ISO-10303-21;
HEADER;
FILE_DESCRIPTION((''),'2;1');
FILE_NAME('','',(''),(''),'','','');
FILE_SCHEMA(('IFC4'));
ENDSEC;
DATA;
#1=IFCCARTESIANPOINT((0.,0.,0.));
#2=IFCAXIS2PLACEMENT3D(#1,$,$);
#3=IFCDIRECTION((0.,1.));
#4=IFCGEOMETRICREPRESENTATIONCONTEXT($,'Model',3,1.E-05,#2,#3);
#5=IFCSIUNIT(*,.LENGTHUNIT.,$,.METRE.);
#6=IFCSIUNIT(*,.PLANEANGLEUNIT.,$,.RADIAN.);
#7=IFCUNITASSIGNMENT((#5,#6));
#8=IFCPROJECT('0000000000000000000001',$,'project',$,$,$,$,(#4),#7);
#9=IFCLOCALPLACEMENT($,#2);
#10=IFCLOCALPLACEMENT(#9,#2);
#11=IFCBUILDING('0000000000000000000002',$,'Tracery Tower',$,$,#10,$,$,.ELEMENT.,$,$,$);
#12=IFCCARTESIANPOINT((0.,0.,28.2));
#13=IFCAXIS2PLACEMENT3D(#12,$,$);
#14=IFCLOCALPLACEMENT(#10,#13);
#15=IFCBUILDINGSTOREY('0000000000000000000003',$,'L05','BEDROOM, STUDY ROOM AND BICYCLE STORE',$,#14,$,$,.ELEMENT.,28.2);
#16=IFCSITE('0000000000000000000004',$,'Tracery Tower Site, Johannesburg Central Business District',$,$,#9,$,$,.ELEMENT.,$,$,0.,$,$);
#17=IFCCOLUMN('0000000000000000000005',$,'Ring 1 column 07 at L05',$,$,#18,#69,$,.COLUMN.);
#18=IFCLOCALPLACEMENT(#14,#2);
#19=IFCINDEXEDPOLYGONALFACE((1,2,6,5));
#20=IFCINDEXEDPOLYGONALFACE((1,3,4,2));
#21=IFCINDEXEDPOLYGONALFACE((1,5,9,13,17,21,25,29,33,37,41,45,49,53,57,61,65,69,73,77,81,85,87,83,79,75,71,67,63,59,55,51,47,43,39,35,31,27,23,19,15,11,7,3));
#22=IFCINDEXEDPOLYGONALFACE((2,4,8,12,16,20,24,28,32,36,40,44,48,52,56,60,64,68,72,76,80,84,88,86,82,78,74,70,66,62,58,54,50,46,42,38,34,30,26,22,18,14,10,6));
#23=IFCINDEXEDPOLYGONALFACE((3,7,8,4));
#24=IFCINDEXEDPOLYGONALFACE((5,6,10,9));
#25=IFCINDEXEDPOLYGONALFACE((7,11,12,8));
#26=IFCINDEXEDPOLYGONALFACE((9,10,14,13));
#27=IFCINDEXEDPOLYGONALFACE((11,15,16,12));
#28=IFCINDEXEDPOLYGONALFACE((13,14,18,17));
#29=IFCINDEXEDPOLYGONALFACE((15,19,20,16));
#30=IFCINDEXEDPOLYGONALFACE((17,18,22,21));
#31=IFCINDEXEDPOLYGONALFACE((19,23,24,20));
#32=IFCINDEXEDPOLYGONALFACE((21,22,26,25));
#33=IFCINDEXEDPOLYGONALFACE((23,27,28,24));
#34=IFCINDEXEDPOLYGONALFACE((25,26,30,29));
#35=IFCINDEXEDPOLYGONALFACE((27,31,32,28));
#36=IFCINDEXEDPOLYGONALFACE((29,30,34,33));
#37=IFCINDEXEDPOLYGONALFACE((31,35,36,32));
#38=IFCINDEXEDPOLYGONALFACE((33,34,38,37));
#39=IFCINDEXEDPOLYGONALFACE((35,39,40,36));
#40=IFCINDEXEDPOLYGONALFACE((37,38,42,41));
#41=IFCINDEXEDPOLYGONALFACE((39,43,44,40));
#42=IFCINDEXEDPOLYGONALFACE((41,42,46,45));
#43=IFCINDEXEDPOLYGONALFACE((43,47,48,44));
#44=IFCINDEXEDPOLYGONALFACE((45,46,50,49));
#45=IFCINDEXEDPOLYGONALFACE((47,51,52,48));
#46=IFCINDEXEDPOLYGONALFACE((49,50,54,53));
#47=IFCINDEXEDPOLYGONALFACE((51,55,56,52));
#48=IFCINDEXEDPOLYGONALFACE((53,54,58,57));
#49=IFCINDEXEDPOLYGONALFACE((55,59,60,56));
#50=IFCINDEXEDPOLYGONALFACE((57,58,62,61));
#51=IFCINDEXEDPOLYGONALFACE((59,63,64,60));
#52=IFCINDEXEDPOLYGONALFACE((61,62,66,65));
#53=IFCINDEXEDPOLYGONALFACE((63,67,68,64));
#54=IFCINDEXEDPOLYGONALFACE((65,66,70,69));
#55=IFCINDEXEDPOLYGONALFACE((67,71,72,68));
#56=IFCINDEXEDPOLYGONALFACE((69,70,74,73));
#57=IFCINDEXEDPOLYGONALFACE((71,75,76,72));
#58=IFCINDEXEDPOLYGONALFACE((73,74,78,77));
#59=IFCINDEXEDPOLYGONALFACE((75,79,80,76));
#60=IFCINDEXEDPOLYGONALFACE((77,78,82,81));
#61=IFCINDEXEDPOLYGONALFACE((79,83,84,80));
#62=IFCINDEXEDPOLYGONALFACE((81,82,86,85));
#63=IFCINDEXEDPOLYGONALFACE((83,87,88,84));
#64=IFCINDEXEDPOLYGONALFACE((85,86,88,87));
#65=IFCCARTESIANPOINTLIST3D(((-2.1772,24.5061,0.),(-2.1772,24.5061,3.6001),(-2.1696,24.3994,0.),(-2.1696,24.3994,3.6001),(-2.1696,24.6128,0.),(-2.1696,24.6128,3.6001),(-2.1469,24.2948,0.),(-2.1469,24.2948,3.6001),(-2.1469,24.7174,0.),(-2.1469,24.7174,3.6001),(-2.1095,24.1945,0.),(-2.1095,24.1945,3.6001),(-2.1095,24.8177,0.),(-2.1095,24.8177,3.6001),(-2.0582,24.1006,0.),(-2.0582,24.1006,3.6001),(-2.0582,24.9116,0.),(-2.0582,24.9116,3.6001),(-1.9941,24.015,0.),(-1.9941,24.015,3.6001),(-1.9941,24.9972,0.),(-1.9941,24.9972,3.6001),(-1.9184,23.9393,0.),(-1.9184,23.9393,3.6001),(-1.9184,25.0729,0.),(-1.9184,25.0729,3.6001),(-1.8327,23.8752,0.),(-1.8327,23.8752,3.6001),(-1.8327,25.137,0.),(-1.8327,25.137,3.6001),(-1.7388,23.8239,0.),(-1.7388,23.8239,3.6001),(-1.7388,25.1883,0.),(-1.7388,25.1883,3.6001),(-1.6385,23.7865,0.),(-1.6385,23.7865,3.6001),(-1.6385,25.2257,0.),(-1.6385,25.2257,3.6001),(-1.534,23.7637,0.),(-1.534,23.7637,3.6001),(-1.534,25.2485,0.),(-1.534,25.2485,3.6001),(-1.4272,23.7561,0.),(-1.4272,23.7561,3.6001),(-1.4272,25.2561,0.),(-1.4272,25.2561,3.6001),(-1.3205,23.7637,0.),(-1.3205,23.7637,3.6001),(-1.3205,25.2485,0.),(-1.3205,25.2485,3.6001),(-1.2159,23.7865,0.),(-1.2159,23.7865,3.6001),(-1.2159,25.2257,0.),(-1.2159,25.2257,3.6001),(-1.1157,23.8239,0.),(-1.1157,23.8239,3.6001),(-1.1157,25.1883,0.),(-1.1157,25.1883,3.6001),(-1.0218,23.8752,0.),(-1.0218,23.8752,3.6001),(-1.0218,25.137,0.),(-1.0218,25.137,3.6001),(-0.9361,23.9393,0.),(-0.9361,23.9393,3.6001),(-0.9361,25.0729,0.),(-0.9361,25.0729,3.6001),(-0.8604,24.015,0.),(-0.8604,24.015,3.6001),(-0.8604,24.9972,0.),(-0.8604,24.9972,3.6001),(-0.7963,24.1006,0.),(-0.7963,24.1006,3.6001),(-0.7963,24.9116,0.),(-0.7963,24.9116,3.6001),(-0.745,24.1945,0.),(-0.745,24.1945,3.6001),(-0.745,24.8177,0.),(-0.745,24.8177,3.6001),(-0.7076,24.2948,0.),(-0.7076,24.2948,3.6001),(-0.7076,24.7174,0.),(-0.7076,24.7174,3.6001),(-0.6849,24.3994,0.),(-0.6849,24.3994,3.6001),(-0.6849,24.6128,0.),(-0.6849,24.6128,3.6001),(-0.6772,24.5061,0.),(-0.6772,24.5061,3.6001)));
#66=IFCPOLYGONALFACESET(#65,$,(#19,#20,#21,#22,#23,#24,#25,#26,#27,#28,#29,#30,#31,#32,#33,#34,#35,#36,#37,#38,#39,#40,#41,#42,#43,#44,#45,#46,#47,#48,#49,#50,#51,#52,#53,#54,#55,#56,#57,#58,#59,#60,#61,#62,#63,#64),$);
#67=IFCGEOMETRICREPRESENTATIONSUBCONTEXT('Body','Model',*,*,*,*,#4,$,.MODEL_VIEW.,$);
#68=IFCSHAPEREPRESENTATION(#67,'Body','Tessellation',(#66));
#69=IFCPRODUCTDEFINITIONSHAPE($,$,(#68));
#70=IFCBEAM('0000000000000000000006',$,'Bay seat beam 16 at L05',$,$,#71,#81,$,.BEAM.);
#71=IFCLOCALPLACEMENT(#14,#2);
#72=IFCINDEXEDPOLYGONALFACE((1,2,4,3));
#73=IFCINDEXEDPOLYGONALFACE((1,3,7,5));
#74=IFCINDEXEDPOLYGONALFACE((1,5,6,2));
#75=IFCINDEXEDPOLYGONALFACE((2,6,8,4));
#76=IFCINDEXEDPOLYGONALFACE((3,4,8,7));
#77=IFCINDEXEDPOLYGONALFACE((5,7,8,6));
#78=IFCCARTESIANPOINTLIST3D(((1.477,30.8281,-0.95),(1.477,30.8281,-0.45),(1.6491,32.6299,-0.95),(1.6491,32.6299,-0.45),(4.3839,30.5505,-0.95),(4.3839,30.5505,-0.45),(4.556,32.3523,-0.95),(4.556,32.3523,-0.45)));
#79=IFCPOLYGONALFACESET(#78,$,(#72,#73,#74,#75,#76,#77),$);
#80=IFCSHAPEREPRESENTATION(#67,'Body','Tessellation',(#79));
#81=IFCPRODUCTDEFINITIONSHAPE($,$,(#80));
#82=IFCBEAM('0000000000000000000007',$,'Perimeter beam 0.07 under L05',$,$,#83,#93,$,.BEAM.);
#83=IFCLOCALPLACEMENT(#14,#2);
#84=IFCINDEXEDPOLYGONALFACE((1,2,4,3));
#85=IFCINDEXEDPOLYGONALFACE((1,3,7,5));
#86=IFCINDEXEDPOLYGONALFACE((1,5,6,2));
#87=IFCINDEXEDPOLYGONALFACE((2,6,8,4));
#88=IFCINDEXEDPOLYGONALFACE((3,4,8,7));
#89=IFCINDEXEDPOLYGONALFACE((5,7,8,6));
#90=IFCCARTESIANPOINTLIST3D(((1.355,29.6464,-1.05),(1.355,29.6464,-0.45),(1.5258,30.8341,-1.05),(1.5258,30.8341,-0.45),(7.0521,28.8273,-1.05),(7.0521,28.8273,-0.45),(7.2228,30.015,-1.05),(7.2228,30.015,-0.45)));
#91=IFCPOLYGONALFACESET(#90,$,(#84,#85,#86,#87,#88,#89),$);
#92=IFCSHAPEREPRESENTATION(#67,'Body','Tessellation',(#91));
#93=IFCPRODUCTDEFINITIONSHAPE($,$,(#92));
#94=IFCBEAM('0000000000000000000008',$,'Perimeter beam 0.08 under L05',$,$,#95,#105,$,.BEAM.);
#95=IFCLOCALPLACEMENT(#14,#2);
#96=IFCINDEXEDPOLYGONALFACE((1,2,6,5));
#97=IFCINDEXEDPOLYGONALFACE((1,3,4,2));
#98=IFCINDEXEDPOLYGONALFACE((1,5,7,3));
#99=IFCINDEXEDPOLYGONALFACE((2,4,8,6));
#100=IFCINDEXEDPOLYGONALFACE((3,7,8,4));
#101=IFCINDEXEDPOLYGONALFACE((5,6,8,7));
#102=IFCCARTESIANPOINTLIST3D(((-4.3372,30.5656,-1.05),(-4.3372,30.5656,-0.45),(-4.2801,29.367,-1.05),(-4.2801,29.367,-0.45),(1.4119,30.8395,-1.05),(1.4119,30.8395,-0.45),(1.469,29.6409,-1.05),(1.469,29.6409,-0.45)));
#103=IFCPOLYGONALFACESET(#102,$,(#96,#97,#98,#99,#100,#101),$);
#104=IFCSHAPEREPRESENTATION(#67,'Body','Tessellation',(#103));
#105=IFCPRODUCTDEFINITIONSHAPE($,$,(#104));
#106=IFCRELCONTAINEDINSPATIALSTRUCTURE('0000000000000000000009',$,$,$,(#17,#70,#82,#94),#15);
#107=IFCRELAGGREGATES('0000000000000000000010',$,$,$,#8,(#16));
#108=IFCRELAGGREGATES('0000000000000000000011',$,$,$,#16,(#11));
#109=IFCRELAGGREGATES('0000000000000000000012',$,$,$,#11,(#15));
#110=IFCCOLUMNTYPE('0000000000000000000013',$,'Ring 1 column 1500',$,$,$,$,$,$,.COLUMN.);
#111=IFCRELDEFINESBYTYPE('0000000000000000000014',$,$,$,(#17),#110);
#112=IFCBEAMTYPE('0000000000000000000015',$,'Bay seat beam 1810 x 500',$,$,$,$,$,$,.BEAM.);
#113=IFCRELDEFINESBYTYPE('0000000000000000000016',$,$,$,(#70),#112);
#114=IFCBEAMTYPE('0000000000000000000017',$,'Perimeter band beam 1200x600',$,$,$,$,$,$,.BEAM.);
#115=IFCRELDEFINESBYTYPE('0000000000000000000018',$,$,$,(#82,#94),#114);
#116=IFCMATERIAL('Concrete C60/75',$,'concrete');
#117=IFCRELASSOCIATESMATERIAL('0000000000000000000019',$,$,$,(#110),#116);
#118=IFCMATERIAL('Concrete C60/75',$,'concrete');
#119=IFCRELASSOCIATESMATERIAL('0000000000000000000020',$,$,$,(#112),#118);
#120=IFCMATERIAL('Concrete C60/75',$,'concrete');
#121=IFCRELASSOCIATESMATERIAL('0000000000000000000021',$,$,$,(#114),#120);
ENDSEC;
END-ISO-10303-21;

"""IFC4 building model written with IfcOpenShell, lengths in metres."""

from ifc_helpers import new_model, si_unit, direction, frame, origin, origin_2d, place, context, subcontext, project, spatial, rectangle, circle, extrude, material, material_profile, profile_set, type_object, element, save


model = new_model("IFC4")

# Units and contexts
model_context = context("Model", 3, precision=1e-05, world=origin(), true_north=direction((0.0, 1.0)))
body_context = subcontext(model_context, "Body", "Model", "MODEL_VIEW")
ifc_project = project(units=[si_unit("LENGTHUNIT", "METRE"), si_unit("PLANEANGLEUNIT", "RADIAN")], contexts=[model_context])

# Site, building, storey
site_placement = place(None, origin())
site = spatial("IfcSite", under=ifc_project, at=site_placement, Name="Tracery Tower Site, Johannesburg Central Business District", CompositionType="ELEMENT", RefElevation=0.0)
building_placement = place(site_placement, origin())
building = spatial("IfcBuilding", under=site, at=building_placement, Name="Tracery Tower", CompositionType="ELEMENT")
storey_placement = place(building_placement, frame((0.0, 0.0, 28.2)))
storey = spatial("IfcBuildingStorey", under=building, at=storey_placement, Name="L05", Description="BEDROOM, STUDY ROOM AND BICYCLE STORE", CompositionType="ELEMENT", Elevation=28.2)

# Column
ifc_material_1 = material(Name="Concrete C60/75", Category="concrete")
ifc_material_profile_1 = material_profile(ifc_material_1, circle(Radius=0.75, at=origin_2d()), Name="RC D1500")
ifc_profile_set_1 = profile_set([ifc_material_profile_1], Name="Concrete C60/75")
column_type_1 = type_object("IfcColumnType", Name="Ring 1 column 1500", PredefinedType="COLUMN", material=ifc_profile_set_1)
for number, where, z_axis, x_axis, name in (
    (1, (-1.4272, 24.5061, 0.0), (0.0, 0.0, 1.0), (1.0, 0.0, 0.0), "Ring 1 column 07 at L05"),
):
    element("IfcColumn", number, at=place(storey_placement, frame(where, z_axis=z_axis, x_axis=x_axis)), inside=storey, type_object=column_type_1, Name=name, PredefinedType="COLUMN", context=body_context, shape_type="SweptSolid", body=[
        extrude(circle(Radius=0.75, at=origin_2d()), origin(), (0.0, 0.0, 1.0), 3.6001),
    ])

# Beams
ifc_material_2 = material(Name="Concrete C60/75", Category="concrete")
ifc_material_profile_2 = material_profile(ifc_material_2, rectangle(XDim=1.8101, YDim=0.5, at=origin_2d()), Name="RC 1810x500")
ifc_profile_set_2 = profile_set([ifc_material_profile_2], Name="Concrete C60/75")
beam_type_1 = type_object("IfcBeamType", Name="Bay seat beam 1810 x 500", PredefinedType="BEAM", material=ifc_profile_set_2)
beam_placement = place(storey_placement, frame((4.47, 31.4514, -0.7), z_axis=(-0.995472, 0.095058, 0.0), x_axis=(-0.095058, -0.995472, 0.0)))
element("IfcBeam", 2, at=beam_placement, inside=storey, type_object=beam_type_1, Name="Bay seat beam 16 at L05", PredefinedType="BEAM", context=body_context, shape_type="SweptSolid", body=[
    extrude(rectangle(XDim=1.8101, YDim=0.5, at=origin_2d()), origin(), (0.0, 0.0, 1.0), 2.9202),
])
ifc_material_3 = material(Name="Concrete C60/75", Category="concrete")
ifc_material_profile_3 = material_profile(ifc_material_3, rectangle(XDim=1.2, YDim=0.6001, at=origin_2d()), Name="RC 1200x600")
ifc_profile_set_3 = profile_set([ifc_material_profile_3], Name="Concrete C60/75")
beam_type_2 = type_object("IfcBeamType", Name="Perimeter band beam 1200x600", PredefinedType="BEAM", material=ifc_profile_set_3)
for number, where, z_axis, x_axis, name in (
    (3, (7.1375, 29.4211, -0.75), (-0.989822, 0.142312, 0.0), (-0.142312, -0.989822, 0.0), "Perimeter beam 0.07 under L05"),
    (4, (1.4404, 30.2402, -0.75), (-0.998867, -0.047593, 0.0), (0.047593, -0.998867, 0.0), "Perimeter beam 0.08 under L05"),
):
    element("IfcBeam", number, at=place(storey_placement, frame(where, z_axis=z_axis, x_axis=x_axis)), inside=storey, type_object=beam_type_2, Name=name, PredefinedType="BEAM", context=body_context, shape_type="SweptSolid", body=[
        extrude(rectangle(XDim=1.2, YDim=0.6001, at=origin_2d()), origin(), (0.0, 0.0, 1.0), 5.7556),
    ])

save(model, "model.ifc")
